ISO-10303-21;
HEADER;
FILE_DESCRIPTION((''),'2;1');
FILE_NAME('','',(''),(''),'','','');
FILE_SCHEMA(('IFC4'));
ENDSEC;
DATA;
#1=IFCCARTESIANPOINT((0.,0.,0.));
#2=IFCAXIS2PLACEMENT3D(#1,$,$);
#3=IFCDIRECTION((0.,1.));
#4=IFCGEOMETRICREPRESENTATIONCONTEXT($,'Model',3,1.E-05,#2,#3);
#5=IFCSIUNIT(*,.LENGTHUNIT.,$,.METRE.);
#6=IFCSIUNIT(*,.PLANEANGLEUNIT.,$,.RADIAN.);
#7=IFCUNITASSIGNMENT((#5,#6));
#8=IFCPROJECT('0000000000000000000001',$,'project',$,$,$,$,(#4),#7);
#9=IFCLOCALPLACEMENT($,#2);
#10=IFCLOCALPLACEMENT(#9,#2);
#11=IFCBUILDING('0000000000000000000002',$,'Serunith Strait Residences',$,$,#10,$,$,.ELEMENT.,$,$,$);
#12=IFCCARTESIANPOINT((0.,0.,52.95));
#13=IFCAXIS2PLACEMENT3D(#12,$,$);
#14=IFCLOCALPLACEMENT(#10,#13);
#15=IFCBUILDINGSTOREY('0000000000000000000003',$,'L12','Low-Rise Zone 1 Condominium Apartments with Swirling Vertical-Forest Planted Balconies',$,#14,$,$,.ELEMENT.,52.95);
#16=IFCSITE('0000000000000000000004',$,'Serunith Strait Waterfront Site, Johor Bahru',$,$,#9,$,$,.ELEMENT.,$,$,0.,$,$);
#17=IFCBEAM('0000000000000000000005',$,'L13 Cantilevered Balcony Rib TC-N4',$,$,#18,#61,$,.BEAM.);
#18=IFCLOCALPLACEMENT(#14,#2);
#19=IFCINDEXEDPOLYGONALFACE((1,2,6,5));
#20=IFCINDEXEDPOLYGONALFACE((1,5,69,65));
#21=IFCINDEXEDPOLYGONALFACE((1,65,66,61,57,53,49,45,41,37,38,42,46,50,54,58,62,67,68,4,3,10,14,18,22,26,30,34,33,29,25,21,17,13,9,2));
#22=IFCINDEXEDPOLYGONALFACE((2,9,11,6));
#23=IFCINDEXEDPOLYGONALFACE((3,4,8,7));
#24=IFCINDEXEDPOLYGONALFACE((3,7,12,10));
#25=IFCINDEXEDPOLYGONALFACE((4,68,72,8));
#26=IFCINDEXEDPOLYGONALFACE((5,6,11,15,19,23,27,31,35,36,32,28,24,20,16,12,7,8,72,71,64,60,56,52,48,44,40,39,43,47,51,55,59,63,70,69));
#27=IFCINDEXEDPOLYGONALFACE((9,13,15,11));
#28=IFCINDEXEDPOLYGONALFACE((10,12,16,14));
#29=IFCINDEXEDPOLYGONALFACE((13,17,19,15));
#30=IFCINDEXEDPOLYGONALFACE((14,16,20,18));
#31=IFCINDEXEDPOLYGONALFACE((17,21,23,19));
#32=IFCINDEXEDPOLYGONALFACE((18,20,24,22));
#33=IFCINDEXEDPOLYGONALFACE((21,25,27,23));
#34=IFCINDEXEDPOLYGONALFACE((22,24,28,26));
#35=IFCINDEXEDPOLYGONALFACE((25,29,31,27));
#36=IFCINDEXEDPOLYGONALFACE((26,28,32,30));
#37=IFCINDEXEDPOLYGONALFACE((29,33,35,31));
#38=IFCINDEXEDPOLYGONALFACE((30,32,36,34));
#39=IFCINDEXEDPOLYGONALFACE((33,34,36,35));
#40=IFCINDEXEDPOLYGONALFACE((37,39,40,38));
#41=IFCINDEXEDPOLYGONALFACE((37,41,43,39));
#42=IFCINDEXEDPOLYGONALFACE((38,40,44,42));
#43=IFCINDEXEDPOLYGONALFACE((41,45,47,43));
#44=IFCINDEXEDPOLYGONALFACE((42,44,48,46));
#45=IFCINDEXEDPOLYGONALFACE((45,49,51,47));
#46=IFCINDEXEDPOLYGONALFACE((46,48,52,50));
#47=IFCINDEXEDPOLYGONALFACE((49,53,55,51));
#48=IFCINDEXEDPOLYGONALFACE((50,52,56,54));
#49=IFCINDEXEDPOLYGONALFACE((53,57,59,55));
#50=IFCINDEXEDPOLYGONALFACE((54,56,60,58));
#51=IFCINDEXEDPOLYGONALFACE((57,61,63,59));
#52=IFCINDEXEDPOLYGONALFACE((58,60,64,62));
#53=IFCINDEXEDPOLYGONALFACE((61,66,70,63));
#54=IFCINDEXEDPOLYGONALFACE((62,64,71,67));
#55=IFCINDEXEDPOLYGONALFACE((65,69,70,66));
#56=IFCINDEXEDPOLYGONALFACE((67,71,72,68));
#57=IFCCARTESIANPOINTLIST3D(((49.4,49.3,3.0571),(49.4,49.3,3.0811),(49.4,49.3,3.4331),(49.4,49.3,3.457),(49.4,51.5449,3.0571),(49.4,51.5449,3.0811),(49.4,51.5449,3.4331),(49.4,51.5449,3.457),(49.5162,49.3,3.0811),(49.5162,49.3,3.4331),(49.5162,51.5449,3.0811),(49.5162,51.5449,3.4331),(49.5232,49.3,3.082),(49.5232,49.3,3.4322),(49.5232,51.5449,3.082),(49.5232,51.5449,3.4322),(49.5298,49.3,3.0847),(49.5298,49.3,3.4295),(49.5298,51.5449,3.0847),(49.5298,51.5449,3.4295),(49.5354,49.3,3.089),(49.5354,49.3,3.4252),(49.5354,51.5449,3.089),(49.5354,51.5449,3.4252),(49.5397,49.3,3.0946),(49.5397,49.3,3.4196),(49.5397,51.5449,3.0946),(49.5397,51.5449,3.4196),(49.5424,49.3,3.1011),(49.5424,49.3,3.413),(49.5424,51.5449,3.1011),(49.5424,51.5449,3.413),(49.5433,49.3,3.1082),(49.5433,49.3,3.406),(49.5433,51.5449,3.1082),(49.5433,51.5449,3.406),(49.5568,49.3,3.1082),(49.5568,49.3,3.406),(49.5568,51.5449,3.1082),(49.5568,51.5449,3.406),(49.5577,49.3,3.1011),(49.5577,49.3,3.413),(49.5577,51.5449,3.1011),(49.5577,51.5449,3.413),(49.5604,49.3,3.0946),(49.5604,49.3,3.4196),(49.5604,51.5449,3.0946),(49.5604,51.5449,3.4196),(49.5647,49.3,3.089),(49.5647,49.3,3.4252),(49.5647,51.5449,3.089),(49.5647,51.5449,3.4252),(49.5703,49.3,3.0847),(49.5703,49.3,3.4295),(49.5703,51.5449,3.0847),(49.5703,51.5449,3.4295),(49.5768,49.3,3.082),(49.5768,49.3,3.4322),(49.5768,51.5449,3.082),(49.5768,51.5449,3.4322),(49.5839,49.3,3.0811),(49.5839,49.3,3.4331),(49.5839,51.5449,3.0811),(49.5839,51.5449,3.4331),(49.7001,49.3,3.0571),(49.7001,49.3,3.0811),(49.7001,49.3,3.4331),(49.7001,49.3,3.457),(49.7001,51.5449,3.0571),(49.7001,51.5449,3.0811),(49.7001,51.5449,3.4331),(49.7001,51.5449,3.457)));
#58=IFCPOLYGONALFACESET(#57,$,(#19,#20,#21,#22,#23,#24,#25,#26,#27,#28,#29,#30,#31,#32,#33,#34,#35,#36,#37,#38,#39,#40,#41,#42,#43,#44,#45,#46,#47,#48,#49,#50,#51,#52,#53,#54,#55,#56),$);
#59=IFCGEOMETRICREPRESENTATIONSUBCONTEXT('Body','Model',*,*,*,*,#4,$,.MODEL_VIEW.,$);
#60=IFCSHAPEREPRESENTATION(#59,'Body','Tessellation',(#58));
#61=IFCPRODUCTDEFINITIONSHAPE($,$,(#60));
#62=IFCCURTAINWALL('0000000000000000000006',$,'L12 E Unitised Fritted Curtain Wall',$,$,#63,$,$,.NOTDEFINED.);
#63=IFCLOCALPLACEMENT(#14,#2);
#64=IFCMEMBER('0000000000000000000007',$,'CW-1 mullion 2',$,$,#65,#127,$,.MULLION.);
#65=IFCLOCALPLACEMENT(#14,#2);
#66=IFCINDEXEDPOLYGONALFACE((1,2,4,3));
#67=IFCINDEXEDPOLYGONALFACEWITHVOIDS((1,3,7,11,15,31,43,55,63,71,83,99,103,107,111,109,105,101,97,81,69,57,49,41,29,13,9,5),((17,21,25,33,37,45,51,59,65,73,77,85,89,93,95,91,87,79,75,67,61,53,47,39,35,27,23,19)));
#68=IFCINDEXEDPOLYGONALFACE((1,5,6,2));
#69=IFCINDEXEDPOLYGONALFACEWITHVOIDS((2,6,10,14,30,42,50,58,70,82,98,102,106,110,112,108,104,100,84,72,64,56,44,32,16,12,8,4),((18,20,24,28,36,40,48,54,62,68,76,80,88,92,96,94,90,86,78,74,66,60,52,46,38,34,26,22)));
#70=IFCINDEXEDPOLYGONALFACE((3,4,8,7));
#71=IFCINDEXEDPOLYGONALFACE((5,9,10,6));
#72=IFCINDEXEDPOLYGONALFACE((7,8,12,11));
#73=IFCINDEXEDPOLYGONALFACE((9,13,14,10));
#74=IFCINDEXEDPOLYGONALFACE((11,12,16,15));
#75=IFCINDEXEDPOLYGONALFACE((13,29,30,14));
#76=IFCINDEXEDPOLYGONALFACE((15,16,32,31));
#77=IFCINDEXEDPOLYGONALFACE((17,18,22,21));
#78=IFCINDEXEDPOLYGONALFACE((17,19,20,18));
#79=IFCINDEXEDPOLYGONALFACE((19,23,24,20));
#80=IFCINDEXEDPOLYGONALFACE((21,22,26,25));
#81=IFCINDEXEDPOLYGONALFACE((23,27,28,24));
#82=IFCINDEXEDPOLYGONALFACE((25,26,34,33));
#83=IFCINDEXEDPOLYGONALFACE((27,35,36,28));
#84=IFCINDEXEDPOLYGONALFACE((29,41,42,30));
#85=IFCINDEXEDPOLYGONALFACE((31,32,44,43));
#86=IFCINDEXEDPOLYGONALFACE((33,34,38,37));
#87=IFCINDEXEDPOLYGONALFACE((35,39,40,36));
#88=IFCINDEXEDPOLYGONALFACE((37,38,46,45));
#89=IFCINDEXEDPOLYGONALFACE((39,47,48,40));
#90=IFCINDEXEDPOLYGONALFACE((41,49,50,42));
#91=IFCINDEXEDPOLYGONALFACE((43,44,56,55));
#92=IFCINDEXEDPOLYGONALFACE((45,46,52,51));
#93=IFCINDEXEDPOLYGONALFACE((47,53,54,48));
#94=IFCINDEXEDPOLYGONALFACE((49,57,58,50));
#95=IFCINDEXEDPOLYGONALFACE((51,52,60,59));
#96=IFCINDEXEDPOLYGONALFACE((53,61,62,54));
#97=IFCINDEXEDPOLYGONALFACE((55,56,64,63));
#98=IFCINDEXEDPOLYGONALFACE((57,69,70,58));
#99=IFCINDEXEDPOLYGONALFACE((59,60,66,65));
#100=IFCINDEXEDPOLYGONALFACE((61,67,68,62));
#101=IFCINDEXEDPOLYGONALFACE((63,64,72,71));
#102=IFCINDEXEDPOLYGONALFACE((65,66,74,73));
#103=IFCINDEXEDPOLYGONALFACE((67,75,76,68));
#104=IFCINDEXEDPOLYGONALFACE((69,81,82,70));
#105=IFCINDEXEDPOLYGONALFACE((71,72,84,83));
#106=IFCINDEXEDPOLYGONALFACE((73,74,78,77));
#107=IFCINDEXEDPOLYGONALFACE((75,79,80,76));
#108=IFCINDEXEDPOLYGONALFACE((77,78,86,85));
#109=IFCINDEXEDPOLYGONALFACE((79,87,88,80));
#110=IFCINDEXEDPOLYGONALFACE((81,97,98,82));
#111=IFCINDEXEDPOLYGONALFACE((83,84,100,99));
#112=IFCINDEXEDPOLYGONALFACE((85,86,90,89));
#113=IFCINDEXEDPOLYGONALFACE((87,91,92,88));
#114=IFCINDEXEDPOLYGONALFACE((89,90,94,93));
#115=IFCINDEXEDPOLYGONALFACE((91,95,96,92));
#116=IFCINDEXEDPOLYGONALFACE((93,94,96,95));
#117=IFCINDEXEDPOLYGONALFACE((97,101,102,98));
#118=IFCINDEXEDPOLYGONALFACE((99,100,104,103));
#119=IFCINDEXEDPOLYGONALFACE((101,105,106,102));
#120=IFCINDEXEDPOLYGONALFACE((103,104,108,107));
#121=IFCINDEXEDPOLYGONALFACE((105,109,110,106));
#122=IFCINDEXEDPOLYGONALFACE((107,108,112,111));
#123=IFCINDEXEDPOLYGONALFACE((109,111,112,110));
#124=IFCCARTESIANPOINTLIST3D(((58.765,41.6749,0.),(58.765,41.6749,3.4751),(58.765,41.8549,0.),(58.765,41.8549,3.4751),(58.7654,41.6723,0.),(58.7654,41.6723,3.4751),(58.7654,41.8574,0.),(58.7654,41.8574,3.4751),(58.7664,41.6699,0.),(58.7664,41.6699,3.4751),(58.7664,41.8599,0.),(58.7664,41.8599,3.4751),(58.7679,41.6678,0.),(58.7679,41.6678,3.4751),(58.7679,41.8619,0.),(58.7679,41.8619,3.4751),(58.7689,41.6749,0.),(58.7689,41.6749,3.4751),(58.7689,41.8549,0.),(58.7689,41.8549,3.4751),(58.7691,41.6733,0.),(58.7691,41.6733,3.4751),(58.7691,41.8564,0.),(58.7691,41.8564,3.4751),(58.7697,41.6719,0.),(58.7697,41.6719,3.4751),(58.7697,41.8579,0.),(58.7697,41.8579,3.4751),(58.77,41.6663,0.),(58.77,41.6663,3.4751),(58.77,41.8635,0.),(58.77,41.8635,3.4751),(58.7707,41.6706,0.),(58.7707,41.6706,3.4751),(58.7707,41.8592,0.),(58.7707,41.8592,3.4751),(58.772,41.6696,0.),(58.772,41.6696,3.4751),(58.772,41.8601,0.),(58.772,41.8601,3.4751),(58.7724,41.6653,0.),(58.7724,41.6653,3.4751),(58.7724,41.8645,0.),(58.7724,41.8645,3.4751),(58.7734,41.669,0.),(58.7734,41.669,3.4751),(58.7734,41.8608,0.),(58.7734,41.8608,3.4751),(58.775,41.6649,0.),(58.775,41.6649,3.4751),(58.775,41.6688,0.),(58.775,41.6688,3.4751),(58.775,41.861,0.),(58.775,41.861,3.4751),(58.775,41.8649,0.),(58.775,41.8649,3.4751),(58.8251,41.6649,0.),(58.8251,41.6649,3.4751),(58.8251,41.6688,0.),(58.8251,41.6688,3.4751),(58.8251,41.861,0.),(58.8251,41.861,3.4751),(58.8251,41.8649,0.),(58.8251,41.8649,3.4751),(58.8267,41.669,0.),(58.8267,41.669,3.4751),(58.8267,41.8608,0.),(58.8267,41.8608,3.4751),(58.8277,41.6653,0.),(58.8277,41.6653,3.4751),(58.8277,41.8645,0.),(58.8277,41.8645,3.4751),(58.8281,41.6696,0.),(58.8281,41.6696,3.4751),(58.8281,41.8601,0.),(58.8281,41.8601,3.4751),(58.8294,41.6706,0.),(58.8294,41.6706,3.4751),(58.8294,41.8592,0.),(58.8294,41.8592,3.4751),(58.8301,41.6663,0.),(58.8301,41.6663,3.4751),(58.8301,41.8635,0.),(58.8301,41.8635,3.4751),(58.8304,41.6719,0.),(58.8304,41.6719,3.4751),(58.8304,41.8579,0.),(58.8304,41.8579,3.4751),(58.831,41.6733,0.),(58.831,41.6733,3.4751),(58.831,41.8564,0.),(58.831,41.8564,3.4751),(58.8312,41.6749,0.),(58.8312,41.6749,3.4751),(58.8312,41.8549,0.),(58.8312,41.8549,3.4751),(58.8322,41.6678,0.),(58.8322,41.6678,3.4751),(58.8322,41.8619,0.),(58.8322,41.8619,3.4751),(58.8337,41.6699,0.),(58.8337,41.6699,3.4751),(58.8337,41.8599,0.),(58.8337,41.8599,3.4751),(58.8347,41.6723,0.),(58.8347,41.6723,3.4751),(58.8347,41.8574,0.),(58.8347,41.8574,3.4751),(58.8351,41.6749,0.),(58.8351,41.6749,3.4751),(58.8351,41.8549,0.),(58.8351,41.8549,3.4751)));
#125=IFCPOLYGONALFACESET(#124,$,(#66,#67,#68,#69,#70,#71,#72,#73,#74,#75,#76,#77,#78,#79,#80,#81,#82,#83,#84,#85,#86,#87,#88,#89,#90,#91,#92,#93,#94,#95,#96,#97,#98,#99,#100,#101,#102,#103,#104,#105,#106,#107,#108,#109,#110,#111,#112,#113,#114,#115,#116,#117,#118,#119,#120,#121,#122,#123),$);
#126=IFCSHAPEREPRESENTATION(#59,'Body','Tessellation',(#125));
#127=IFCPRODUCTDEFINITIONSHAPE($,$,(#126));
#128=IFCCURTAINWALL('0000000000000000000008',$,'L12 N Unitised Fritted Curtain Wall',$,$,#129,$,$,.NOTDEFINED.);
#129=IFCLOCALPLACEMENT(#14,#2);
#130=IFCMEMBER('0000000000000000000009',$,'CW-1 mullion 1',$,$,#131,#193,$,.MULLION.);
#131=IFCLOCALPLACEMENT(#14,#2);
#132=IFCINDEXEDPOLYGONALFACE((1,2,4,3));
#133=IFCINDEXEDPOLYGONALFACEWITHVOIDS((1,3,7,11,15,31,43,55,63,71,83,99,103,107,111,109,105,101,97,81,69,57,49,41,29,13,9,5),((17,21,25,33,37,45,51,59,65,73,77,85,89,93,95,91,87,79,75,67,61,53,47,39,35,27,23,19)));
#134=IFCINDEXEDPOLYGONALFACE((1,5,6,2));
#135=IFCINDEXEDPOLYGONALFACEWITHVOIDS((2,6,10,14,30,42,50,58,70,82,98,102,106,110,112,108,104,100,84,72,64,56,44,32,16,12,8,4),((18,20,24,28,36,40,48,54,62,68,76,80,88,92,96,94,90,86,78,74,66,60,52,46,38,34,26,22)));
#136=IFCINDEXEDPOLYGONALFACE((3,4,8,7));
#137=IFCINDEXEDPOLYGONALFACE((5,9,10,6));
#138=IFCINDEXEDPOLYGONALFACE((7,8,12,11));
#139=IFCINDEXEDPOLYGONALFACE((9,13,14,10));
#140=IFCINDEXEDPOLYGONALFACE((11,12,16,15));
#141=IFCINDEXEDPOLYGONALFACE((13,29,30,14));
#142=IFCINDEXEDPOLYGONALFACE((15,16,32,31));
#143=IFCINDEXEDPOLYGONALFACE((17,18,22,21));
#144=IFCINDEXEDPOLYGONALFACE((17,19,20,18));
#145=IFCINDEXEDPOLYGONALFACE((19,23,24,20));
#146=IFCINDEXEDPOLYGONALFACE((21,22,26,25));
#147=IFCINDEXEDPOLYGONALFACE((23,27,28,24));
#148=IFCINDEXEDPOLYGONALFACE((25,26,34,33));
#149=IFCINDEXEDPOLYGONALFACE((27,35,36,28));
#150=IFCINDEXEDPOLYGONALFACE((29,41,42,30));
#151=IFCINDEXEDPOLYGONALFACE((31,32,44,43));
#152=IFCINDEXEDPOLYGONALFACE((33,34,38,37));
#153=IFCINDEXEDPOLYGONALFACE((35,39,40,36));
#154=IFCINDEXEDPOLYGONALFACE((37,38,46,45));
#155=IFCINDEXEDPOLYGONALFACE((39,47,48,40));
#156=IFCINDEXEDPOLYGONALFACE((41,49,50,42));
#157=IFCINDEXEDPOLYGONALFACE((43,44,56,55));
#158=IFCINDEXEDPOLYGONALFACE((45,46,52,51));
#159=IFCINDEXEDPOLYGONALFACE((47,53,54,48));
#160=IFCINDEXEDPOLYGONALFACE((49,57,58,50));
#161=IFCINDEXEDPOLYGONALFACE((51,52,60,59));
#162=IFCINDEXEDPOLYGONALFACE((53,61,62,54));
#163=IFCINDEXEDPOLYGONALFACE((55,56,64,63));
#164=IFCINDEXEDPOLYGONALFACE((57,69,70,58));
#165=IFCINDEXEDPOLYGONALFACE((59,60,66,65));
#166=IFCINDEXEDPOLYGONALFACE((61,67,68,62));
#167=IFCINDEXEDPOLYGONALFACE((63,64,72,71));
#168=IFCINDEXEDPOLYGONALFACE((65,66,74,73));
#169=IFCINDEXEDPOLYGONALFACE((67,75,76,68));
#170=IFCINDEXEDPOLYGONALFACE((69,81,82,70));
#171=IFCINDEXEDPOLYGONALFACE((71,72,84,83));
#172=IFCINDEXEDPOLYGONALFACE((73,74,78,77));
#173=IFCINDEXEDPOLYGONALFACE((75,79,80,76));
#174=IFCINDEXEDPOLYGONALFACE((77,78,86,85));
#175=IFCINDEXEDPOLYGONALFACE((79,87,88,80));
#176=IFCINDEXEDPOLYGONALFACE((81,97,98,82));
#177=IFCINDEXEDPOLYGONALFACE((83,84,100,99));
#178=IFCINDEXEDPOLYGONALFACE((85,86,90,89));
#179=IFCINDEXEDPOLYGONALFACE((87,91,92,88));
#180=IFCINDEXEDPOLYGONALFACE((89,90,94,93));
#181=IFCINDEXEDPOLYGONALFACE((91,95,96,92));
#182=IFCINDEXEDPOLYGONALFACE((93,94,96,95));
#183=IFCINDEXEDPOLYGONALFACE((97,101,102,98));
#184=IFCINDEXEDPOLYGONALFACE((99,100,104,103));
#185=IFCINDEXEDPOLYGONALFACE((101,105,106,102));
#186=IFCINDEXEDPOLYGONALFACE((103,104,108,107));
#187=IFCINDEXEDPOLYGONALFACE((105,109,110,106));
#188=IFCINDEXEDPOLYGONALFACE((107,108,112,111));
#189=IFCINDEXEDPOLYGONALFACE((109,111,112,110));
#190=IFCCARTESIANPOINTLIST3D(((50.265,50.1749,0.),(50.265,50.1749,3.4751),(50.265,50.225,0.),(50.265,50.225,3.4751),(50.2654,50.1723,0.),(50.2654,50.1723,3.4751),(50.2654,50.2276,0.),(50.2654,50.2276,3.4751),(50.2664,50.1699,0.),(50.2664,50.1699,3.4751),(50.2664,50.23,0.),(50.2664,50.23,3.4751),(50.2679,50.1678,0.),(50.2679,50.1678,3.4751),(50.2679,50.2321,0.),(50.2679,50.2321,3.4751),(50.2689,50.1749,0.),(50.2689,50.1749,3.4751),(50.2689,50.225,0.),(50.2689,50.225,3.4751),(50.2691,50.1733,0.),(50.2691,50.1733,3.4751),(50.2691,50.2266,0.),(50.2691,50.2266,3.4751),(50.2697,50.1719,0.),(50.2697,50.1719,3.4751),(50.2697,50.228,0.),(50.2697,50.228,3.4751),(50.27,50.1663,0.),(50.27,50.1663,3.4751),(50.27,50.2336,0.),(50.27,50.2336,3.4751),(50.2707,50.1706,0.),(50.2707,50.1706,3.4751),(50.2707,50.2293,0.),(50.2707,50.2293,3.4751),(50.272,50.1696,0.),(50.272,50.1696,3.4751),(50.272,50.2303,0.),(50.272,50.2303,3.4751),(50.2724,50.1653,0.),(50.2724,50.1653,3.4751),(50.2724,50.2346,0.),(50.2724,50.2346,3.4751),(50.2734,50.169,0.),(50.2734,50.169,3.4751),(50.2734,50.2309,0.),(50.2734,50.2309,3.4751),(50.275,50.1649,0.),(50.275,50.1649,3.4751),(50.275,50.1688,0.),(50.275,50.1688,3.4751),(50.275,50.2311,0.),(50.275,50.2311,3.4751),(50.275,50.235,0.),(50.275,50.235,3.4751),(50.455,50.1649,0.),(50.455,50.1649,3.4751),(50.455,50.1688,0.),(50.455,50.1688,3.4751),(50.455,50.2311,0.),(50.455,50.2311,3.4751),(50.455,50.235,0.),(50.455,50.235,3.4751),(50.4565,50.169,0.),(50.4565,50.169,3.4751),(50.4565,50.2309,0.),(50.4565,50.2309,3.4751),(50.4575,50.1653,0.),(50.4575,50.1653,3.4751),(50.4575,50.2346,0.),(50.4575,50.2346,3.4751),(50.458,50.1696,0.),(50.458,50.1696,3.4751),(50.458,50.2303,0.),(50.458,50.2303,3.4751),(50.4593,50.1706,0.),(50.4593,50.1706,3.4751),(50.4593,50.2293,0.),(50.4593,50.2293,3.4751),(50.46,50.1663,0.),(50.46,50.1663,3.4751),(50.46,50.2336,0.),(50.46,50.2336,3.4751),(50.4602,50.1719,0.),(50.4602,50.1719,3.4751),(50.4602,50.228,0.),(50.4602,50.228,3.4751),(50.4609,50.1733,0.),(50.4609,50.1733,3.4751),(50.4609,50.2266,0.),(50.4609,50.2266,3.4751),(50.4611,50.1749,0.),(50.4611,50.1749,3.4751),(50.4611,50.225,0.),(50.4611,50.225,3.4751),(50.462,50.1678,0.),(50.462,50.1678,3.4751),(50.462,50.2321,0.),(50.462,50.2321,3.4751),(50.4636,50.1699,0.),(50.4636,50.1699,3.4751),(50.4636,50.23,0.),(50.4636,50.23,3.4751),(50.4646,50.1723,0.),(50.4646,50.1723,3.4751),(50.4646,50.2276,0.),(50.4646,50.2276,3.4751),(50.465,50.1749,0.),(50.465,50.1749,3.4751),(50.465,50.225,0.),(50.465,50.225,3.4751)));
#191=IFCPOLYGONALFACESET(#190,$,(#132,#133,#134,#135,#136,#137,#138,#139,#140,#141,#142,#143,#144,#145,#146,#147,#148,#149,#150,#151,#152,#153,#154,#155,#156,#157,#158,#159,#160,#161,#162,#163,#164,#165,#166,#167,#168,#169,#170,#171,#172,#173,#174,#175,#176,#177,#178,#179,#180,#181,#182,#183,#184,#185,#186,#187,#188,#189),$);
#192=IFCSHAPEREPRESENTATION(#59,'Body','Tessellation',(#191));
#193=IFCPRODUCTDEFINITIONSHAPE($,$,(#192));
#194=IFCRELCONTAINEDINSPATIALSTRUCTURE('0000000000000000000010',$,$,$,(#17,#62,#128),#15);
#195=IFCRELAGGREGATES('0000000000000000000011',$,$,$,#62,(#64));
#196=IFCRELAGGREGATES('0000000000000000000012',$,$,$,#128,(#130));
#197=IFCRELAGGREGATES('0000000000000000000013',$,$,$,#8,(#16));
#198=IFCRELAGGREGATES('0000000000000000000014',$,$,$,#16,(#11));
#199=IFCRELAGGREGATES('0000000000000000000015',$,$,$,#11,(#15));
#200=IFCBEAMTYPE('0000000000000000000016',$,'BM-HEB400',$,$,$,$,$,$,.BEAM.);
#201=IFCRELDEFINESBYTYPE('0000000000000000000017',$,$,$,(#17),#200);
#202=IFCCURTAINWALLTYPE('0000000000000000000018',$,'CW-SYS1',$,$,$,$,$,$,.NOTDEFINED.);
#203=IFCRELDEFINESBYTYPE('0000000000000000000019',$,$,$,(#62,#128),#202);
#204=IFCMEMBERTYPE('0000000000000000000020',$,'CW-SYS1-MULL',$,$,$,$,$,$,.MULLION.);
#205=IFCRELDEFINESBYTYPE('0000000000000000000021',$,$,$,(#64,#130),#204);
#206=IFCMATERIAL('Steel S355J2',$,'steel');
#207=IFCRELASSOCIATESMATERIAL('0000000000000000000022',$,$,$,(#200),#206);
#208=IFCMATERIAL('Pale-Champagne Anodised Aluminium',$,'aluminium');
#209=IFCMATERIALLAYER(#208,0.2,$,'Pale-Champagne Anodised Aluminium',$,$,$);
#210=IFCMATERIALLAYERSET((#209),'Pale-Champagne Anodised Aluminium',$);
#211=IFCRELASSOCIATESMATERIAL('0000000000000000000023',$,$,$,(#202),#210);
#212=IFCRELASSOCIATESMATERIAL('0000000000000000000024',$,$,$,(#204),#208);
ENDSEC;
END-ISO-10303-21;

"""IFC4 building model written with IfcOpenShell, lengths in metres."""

from ifc_helpers import new_model, si_unit, direction, frame, origin, origin_2d, place, context, subcontext, project, spatial, hollow_rectangle, i_section, extrude, source, transform, mapped, material, layer, layer_set, material_profile, profile_set, type_object, element, aggregate, save


model = new_model("IFC4")

# Units and contexts
model_context = context("Model", 3, precision=1e-05, world=origin(), true_north=direction((0.0, 1.0)))
body_context = subcontext(model_context, "Body", "Model", "MODEL_VIEW")
ifc_project = project(units=[si_unit("LENGTHUNIT", "METRE"), si_unit("PLANEANGLEUNIT", "RADIAN")], contexts=[model_context])

# Site, building, storey
site_placement = place(None, origin())
site = spatial("IfcSite", under=ifc_project, at=site_placement, Name="Serunith Strait Waterfront Site, Johor Bahru", CompositionType="ELEMENT", RefElevation=0.0)
building_placement = place(site_placement, origin())
building = spatial("IfcBuilding", under=site, at=building_placement, Name="Serunith Strait Residences", CompositionType="ELEMENT")
storey_placement = place(building_placement, frame((0.0, 0.0, 52.95)))
storey = spatial("IfcBuildingStorey", under=building, at=storey_placement, Name="L12", Description="Low-Rise Zone 1 Condominium Apartments with Swirling Vertical-Forest Planted Balconies", CompositionType="ELEMENT", Elevation=52.95)

# Beam
ifc_material_1 = material(Name="Steel S355J2", Category="steel")
ifc_material_profile_1 = material_profile(ifc_material_1, i_section(OverallWidth=0.3, OverallDepth=0.3999, WebThickness=0.0134, FlangeThickness=0.0239, FilletRadius=0.0271, at=origin_2d()), Name="HEB 400")
ifc_profile_set_1 = profile_set([ifc_material_profile_1], Name="Steel S355J2")
beam_type_1 = type_object("IfcBeamType", Name="BM-HEB400", PredefinedType="BEAM", material=ifc_profile_set_1)
shared_shape_1 = source(origin(), body_context, "Body", "SweptSolid", [
    extrude(i_section(OverallWidth=0.3, OverallDepth=0.3999, WebThickness=0.0134, FlangeThickness=0.0239, FilletRadius=0.0271, at=origin_2d()), origin(), (0.0, 0.0, 1.0), 2.2449),
])
beam_1_placement = place(storey_placement, frame((49.55, 49.3, 3.2571), z_axis=(0.0, 1.0, 0.0), x_axis=(-1.0, 0.0, 0.0)))
element("IfcBeam", 1, at=beam_1_placement, inside=storey, type_object=beam_type_1, Name="L13 Cantilevered Balcony Rib TC-N4", PredefinedType="BEAM", context=body_context, shape_type="MappedRepresentation", body=[
    mapped(shared_shape_1, transform((0.0, 0.0, 0.0), scale=1.0)),
])

# Curtain wall, member
ifc_material_2 = material(Name="Pale-Champagne Anodised Aluminium", Category="aluminium")
ifc_layer_1 = layer(ifc_material_2, 0.2, Name="Pale-Champagne Anodised Aluminium")
ifc_layer_set_1 = layer_set([ifc_layer_1], Name="Pale-Champagne Anodised Aluminium")
curtain_wall_type = type_object("IfcCurtainWallType", Name="CW-SYS1", PredefinedType="NOTDEFINED", material=ifc_layer_set_1)
curtain_wall_1_placement = place(storey_placement, origin())
curtain_wall_1 = element("IfcCurtainWall", 2, at=curtain_wall_1_placement, inside=storey, type_object=curtain_wall_type, Name="L12 E Unitised Fritted Curtain Wall", PredefinedType="NOTDEFINED")
ifc_material_profile_2 = material_profile(ifc_material_2, hollow_rectangle(XDim=0.0701, YDim=0.2, WallThickness=0.0039, InnerFilletRadius=0.0061, OuterFilletRadius=0.01, at=origin_2d()), Name="ALU 200x70x4")
ifc_profile_set_2 = profile_set([ifc_material_profile_2], Name="Pale-Champagne Anodised Aluminium")
member_type_1 = type_object("IfcMemberType", Name="CW-SYS1-MULL", PredefinedType="MULLION", material=ifc_profile_set_2)
shared_shape_2 = source(origin(), body_context, "Body", "SweptSolid", [
    extrude(hollow_rectangle(XDim=0.0701, YDim=0.2, WallThickness=0.0039, InnerFilletRadius=0.0061, OuterFilletRadius=0.01, at=origin_2d()), origin(), (0.0, 0.0, 1.0), 3.4751),
])
member_1_placement = place(storey_placement, frame((58.8, 41.7649, 0.0), z_axis=(0.0, 0.0, 1.0), x_axis=(-1.0, 0.0, 0.0)))
member_1 = element("IfcMember", 3, at=member_1_placement, type_object=member_type_1, Name="CW-1 mullion 2", PredefinedType="MULLION", context=body_context, shape_type="MappedRepresentation", body=[
    mapped(shared_shape_2, transform((0.0, 0.0, 0.0), scale=1.0)),
])
aggregate(curtain_wall_1, [member_1])

# Curtain wall, member
curtain_wall_2_placement = place(storey_placement, origin())
curtain_wall_2 = element("IfcCurtainWall", 4, at=curtain_wall_2_placement, inside=storey, type_object=curtain_wall_type, Name="L12 N Unitised Fritted Curtain Wall", PredefinedType="NOTDEFINED")
member_2_placement = place(storey_placement, frame((50.365, 50.2, 0.0), z_axis=(0.0, 0.0, 1.0), x_axis=(0.0, -1.0, 0.0)))
member_2 = element("IfcMember", 5, at=member_2_placement, type_object=member_type_1, Name="CW-1 mullion 1", PredefinedType="MULLION", context=body_context, shape_type="MappedRepresentation", body=[
    mapped(shared_shape_2, transform((0.0, 0.0, 0.0), scale=1.0)),
])
aggregate(curtain_wall_2, [member_2])

save(model, "model.ifc")
